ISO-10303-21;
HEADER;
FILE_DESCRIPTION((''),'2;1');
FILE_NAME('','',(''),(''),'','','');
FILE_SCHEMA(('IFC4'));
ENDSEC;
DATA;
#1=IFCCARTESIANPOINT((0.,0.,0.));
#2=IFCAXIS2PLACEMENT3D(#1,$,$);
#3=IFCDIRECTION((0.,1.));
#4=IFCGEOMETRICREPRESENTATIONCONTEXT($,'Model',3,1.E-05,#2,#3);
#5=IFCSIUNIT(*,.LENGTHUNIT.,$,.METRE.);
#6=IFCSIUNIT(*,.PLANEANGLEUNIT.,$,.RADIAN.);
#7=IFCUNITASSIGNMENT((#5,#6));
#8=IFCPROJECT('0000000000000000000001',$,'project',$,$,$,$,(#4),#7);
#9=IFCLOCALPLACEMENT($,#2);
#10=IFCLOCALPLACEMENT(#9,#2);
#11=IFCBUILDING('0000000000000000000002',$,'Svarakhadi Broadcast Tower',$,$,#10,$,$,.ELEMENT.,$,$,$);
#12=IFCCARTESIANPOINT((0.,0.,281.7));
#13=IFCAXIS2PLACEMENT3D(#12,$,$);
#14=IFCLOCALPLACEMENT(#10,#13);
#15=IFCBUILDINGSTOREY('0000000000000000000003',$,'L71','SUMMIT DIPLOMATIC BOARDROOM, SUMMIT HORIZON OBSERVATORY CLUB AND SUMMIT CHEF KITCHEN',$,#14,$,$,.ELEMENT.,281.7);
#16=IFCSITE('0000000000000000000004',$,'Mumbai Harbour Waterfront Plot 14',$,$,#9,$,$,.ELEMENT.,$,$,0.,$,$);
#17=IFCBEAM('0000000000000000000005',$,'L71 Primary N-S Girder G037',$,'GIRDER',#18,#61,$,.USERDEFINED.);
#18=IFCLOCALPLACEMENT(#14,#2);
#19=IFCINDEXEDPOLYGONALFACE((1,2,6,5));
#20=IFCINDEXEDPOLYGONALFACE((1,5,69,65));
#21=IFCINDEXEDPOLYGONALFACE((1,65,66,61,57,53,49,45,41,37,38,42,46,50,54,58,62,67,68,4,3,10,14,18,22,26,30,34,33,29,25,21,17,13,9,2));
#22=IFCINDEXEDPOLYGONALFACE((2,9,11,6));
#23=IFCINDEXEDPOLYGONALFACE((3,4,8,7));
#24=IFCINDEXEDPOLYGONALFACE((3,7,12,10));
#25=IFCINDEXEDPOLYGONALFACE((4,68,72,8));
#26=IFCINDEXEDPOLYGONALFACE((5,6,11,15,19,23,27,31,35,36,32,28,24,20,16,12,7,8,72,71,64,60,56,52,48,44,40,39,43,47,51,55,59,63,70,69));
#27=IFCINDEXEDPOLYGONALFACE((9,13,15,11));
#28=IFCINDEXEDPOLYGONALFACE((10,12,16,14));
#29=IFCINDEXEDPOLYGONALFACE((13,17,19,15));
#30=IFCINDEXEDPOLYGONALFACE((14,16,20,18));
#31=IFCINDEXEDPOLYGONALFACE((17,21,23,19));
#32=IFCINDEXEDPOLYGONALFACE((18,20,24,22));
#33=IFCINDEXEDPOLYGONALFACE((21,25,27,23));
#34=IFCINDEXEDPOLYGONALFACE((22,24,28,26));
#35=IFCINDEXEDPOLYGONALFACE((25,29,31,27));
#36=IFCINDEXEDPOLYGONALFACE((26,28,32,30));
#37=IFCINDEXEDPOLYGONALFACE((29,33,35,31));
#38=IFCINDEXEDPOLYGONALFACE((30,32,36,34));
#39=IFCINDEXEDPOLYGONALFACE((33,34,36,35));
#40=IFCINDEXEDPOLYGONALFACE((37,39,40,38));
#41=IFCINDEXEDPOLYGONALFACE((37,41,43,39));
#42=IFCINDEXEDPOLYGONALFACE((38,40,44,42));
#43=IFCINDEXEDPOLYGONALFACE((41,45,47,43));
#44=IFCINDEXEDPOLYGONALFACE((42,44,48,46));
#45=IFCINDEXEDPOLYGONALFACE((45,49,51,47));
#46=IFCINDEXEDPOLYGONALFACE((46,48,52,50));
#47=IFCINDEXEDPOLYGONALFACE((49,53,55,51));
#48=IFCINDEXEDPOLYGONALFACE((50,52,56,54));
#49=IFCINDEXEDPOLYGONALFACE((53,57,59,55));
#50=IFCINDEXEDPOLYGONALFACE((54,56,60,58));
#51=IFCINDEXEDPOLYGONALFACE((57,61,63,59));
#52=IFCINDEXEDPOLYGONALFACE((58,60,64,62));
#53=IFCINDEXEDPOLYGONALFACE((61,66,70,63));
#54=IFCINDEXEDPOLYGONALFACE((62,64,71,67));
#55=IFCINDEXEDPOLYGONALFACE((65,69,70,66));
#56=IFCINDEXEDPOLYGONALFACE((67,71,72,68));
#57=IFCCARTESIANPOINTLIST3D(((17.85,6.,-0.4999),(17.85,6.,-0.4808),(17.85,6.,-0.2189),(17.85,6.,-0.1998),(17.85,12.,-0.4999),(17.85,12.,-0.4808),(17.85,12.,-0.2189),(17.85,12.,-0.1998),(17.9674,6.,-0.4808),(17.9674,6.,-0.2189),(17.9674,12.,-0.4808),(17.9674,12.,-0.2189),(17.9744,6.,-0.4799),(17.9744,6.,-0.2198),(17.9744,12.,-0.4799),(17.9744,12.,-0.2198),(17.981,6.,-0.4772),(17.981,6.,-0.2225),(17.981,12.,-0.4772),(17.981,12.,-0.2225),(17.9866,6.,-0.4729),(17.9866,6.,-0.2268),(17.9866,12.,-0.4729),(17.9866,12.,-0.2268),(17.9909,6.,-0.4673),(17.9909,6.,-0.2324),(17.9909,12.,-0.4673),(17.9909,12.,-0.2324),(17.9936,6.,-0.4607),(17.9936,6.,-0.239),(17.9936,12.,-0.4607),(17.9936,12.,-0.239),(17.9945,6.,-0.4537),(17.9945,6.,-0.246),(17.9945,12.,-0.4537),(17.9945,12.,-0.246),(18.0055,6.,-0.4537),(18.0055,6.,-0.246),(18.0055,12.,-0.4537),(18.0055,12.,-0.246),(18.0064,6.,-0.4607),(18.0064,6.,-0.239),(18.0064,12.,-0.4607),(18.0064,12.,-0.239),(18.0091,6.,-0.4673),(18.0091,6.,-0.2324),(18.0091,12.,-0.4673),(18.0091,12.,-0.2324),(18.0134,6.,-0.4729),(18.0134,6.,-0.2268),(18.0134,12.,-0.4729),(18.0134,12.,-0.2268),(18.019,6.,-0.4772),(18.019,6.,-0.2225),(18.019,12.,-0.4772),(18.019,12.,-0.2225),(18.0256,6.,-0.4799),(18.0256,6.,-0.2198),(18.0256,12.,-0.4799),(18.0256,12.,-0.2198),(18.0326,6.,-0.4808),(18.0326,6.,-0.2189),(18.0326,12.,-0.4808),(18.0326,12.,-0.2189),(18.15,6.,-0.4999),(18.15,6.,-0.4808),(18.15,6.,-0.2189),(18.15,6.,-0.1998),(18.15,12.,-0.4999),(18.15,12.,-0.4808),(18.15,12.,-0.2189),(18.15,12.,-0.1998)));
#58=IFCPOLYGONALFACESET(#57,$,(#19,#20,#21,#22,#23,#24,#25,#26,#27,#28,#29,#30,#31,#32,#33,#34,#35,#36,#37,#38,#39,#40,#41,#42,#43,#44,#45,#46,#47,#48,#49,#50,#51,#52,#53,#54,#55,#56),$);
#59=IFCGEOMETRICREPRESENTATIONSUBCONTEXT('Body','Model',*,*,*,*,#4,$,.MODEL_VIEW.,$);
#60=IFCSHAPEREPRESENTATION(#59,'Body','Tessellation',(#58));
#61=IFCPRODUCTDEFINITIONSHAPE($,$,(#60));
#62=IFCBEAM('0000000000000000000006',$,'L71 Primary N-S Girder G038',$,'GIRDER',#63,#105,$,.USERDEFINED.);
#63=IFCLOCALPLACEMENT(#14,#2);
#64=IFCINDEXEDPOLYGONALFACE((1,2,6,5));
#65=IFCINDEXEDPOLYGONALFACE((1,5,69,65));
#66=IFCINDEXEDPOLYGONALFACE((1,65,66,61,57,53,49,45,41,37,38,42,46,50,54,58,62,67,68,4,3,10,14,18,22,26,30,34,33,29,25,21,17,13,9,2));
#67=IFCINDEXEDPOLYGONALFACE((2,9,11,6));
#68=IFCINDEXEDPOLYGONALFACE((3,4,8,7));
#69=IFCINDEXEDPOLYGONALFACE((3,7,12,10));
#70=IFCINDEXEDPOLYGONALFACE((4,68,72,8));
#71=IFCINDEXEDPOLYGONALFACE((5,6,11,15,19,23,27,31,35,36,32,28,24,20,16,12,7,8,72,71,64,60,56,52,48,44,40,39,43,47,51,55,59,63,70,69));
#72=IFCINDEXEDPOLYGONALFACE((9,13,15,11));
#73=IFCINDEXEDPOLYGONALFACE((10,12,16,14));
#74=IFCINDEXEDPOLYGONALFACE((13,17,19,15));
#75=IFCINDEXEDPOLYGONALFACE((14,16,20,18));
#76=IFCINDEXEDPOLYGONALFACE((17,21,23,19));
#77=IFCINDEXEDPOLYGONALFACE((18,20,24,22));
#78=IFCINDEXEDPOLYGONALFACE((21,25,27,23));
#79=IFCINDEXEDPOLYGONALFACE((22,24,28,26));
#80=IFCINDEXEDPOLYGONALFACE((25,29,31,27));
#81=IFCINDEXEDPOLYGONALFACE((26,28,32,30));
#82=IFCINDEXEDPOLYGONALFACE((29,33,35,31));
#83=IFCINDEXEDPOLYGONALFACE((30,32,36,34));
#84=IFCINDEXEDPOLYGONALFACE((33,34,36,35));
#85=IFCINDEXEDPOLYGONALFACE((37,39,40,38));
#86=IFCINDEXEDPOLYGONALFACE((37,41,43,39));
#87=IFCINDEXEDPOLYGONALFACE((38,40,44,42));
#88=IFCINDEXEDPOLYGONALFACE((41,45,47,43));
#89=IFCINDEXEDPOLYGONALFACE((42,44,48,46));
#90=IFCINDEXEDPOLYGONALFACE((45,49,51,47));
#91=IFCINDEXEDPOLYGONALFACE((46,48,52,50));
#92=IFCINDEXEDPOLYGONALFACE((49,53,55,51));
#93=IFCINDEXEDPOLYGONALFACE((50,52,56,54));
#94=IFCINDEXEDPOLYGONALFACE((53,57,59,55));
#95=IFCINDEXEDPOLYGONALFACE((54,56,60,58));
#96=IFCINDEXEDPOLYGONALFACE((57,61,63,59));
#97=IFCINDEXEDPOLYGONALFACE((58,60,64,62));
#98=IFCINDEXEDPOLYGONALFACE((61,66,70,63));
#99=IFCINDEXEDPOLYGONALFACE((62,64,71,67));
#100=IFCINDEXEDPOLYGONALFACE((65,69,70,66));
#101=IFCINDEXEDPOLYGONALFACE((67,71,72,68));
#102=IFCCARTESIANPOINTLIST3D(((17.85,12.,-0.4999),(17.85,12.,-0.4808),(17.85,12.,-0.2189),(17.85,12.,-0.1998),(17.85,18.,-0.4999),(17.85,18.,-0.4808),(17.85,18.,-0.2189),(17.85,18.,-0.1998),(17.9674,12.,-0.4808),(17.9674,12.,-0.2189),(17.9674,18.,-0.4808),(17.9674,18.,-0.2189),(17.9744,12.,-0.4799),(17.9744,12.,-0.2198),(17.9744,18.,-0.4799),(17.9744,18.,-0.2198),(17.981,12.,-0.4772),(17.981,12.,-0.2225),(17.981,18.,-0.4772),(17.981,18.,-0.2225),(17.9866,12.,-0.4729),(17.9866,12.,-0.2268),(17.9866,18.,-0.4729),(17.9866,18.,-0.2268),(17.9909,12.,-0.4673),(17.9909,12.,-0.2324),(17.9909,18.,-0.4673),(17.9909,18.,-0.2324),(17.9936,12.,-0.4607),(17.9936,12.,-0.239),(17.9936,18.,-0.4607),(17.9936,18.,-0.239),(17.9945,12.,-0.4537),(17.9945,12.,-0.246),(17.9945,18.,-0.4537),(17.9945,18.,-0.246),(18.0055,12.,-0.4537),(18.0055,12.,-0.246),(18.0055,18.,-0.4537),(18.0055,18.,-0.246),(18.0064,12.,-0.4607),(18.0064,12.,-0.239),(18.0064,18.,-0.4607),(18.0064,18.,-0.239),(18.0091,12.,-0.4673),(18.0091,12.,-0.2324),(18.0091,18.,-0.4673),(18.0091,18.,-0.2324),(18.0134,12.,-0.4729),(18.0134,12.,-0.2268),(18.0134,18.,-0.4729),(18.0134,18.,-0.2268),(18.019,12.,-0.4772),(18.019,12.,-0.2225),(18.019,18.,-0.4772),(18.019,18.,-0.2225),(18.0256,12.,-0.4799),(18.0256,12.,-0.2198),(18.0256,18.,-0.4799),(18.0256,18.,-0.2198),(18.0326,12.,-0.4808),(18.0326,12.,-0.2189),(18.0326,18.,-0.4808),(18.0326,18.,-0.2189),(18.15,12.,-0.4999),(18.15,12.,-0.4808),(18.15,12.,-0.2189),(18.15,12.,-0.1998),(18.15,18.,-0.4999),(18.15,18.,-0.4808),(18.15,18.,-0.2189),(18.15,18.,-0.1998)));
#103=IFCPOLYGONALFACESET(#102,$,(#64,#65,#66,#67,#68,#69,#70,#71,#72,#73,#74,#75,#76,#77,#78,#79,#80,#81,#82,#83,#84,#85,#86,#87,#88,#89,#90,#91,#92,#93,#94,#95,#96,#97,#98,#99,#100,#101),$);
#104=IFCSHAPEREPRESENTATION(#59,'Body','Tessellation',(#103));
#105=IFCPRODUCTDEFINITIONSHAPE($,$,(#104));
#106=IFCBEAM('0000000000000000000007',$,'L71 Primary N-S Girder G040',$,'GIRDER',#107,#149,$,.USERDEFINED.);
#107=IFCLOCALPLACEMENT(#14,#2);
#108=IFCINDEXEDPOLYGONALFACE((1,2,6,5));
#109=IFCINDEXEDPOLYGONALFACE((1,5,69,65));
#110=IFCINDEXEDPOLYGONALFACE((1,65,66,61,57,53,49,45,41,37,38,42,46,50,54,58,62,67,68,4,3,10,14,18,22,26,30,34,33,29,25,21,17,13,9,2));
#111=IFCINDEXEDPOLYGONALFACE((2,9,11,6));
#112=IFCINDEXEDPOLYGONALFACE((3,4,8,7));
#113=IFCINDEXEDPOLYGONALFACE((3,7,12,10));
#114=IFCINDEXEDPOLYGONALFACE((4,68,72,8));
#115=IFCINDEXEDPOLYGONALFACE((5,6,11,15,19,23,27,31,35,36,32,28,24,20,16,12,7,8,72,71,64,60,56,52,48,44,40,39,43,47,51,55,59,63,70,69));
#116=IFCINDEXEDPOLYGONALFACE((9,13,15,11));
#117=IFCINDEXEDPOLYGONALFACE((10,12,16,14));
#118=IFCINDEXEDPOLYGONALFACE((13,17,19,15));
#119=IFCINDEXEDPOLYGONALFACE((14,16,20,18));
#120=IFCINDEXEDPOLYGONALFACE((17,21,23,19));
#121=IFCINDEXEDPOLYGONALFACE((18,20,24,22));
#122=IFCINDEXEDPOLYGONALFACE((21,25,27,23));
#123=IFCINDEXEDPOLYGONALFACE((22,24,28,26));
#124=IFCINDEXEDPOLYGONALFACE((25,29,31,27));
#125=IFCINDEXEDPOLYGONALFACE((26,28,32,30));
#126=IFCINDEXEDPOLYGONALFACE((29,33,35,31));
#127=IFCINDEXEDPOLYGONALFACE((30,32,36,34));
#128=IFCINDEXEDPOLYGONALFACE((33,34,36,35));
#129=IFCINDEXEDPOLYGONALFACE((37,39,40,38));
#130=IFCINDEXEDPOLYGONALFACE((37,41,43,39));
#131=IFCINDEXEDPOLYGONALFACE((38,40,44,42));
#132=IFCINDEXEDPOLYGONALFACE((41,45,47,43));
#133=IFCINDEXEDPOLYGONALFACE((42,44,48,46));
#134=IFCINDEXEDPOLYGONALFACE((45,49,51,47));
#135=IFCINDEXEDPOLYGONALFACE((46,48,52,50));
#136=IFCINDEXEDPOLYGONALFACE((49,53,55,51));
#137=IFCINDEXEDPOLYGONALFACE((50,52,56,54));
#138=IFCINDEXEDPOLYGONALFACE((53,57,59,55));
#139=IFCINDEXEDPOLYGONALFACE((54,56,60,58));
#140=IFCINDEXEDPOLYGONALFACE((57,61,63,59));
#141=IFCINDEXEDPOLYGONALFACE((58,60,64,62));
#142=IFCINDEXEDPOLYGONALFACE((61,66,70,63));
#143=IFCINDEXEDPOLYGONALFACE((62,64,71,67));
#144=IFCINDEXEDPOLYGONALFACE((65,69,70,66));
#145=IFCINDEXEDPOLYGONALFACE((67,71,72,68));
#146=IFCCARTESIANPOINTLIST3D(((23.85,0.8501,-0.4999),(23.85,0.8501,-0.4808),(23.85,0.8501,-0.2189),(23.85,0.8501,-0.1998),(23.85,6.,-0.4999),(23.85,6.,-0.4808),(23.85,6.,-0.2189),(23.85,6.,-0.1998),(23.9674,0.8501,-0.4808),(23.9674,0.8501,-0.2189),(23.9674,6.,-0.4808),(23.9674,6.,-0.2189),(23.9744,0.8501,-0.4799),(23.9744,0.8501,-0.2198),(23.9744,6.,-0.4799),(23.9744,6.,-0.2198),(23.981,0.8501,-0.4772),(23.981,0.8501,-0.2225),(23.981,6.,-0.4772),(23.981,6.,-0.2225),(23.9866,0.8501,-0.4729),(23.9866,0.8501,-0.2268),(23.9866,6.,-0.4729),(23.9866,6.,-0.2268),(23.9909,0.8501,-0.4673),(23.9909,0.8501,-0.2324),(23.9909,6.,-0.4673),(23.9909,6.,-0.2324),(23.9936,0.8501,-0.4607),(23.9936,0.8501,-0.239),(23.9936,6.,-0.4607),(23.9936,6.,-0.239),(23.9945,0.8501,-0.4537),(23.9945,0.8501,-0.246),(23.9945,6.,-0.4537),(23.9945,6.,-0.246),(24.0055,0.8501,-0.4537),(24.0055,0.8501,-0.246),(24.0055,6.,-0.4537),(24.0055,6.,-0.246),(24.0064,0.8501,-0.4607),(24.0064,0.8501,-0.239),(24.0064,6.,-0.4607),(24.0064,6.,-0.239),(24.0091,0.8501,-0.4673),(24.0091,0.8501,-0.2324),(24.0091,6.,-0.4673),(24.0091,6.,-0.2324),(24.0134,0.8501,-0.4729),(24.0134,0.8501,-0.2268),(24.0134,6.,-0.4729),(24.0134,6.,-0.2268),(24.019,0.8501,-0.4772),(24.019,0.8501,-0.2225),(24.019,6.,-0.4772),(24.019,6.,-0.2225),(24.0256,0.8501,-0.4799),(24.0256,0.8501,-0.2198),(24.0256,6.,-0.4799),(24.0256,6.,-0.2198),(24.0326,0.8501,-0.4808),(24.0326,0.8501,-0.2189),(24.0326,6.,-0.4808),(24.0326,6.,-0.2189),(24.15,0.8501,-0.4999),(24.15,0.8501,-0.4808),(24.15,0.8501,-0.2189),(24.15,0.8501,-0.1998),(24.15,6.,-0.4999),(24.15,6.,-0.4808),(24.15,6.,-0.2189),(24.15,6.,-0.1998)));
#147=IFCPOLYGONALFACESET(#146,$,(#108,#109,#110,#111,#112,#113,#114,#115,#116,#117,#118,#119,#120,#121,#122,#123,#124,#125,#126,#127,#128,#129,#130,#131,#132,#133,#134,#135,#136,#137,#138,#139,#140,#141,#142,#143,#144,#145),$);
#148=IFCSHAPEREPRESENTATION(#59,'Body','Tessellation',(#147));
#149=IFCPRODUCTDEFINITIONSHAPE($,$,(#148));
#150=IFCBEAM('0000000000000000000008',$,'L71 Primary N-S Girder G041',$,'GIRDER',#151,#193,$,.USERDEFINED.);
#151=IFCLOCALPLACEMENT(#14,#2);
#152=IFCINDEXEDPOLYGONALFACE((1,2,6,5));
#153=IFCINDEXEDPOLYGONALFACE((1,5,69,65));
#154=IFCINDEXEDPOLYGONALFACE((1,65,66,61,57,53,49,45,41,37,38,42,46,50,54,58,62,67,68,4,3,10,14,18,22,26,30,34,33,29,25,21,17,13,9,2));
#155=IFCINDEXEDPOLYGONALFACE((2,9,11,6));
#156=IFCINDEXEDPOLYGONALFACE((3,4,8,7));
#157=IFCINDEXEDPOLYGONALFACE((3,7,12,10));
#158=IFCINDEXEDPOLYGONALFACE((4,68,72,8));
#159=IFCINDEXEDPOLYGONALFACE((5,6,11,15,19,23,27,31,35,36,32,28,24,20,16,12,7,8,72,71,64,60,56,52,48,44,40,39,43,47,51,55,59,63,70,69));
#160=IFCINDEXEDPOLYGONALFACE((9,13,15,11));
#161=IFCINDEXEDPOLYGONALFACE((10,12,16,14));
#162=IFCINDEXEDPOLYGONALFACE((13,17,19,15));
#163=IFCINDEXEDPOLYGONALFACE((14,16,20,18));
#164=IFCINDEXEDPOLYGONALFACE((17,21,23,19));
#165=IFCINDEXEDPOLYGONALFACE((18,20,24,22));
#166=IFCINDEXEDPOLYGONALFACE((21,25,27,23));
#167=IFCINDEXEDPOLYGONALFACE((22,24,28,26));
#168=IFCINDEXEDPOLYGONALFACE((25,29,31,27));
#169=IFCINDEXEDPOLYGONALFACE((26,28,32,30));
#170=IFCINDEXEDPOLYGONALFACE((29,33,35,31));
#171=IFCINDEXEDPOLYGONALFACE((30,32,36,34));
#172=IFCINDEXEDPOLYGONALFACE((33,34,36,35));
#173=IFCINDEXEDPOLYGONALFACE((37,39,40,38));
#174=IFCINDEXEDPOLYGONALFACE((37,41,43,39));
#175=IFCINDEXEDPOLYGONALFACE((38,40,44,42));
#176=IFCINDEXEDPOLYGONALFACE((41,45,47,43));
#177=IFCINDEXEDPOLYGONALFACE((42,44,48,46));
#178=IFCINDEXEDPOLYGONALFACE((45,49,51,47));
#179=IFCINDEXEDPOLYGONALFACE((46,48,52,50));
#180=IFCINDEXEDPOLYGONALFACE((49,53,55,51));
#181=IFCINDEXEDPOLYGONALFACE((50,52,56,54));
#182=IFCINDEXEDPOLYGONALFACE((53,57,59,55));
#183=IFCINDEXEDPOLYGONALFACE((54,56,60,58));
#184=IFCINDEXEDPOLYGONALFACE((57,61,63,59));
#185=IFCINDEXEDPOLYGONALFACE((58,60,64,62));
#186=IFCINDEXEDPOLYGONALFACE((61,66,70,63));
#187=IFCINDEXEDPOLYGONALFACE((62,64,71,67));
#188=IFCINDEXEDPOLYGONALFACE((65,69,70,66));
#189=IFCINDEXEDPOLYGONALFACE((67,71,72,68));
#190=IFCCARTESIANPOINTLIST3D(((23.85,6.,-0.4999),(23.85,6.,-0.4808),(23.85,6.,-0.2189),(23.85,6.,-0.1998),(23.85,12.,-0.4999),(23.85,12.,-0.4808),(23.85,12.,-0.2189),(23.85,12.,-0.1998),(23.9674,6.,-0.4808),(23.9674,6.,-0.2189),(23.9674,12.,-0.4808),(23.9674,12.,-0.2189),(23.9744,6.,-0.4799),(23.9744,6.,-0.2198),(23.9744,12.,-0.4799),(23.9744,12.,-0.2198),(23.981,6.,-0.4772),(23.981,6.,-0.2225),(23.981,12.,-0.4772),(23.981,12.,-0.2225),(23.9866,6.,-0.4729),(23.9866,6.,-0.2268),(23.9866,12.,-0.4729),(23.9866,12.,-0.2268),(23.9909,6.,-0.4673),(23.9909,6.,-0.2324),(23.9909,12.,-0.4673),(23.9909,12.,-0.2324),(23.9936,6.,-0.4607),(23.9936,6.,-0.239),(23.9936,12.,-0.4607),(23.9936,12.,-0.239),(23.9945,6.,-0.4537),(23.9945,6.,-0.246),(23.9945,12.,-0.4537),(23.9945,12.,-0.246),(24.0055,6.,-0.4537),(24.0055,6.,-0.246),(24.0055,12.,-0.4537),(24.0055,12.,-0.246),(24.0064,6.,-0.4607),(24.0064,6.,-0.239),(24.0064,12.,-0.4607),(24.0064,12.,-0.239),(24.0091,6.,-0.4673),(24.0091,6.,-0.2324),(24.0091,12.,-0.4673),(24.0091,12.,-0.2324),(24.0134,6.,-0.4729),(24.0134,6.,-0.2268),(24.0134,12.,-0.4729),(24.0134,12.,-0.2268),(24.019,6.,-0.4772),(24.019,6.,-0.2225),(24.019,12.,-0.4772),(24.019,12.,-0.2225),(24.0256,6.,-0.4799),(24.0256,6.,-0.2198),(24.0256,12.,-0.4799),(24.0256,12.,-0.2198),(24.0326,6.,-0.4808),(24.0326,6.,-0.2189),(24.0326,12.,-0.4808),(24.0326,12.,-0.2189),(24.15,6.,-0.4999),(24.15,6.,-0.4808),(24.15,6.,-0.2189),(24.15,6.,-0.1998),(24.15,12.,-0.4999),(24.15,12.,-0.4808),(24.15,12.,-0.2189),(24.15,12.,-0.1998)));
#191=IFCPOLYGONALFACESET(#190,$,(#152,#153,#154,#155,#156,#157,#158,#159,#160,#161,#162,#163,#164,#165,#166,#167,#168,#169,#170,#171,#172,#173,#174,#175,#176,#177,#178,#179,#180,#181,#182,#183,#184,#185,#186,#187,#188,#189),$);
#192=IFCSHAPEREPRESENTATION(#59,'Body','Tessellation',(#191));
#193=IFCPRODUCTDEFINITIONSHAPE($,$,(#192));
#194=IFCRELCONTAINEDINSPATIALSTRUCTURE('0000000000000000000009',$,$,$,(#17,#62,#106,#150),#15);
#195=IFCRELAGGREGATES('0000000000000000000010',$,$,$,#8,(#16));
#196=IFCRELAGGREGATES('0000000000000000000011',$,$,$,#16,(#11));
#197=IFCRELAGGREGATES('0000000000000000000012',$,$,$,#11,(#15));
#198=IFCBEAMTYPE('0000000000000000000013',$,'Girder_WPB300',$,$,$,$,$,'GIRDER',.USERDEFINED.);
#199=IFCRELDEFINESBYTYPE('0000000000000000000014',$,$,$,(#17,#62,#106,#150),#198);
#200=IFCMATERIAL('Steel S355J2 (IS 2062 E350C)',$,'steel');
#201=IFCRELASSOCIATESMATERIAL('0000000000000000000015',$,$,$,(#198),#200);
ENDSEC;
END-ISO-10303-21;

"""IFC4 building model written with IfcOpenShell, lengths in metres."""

from ifc_helpers import new_model, si_unit, direction, frame, origin, origin_2d, place, context, subcontext, project, spatial, i_section, extrude, material, material_profile, profile_set, type_object, element, save


model = new_model("IFC4")

# Units and contexts
model_context = context("Model", 3, precision=1e-05, world=origin(), true_north=direction((0.0, 1.0)))
body_context = subcontext(model_context, "Body", "Model", "MODEL_VIEW")
ifc_project = project(units=[si_unit("LENGTHUNIT", "METRE"), si_unit("PLANEANGLEUNIT", "RADIAN")], contexts=[model_context])

# Site, building, storey
site_placement = place(None, origin())
site = spatial("IfcSite", under=ifc_project, at=site_placement, Name="Mumbai Harbour Waterfront Plot 14", CompositionType="ELEMENT", RefElevation=0.0)
building_placement = place(site_placement, origin())
building = spatial("IfcBuilding", under=site, at=building_placement, Name="Svarakhadi Broadcast Tower", CompositionType="ELEMENT")
storey_placement = place(building_placement, frame((0.0, 0.0, 281.7)))
storey = spatial("IfcBuildingStorey", under=building, at=storey_placement, Name="L71", Description="SUMMIT DIPLOMATIC BOARDROOM, SUMMIT HORIZON OBSERVATORY CLUB AND SUMMIT CHEF KITCHEN", CompositionType="ELEMENT", Elevation=281.7)

# Beams
ifc_material_1 = material(Name="Steel S355J2 (IS 2062 E350C)", Category="steel")
ifc_material_profile_1 = material_profile(ifc_material_1, i_section(OverallWidth=0.3, OverallDepth=0.3, WebThickness=0.011, FlangeThickness=0.019, FilletRadius=0.0271, at=origin_2d()), Name="WPB 300x300x117")
ifc_profile_set_1 = profile_set([ifc_material_profile_1], Name="Steel S355J2 (IS 2062 E350C)")
beam_type_1 = type_object("IfcBeamType", Name="Girder_WPB300", ElementType="GIRDER", PredefinedType="USERDEFINED", material=ifc_profile_set_1)
for number, where, z_axis, x_axis, name in (
    (1, (18.0, 6.0, -0.3499), (0.0, 1.0, 0.0), (-1.0, 0.0, 0.0), "L71 Primary N-S Girder G037"),
    (2, (18.0, 12.0, -0.3499), (0.0, 1.0, 0.0), (-1.0, 0.0, 0.0), "L71 Primary N-S Girder G038"),
):
    element("IfcBeam", number, at=place(storey_placement, frame(where, z_axis=z_axis, x_axis=x_axis)), inside=storey, type_object=beam_type_1, Name=name, ObjectType="GIRDER", PredefinedType="USERDEFINED", context=body_context, shape_type="SweptSolid", body=[
        extrude(i_section(OverallWidth=0.3, OverallDepth=0.3, WebThickness=0.011, FlangeThickness=0.019, FilletRadius=0.0271, at=origin_2d()), origin(), (0.0, 0.0, 1.0), 6.0),
    ])
beam_1_placement = place(storey_placement, frame((24.0, 0.8501, -0.3499), z_axis=(0.0, 1.0, 0.0), x_axis=(-1.0, 0.0, 0.0)))
element("IfcBeam", 3, at=beam_1_placement, inside=storey, type_object=beam_type_1, Name="L71 Primary N-S Girder G040", ObjectType="GIRDER", PredefinedType="USERDEFINED", context=body_context, shape_type="SweptSolid", body=[
    extrude(i_section(OverallWidth=0.3, OverallDepth=0.3, WebThickness=0.011, FlangeThickness=0.019, FilletRadius=0.0271, at=origin_2d()), origin(), (0.0, 0.0, 1.0), 5.1499),
])
for number, where, z_axis, x_axis, name in (
    (4, (24.0, 6.0, -0.3499), (0.0, 1.0, 0.0), (-1.0, 0.0, 0.0), "L71 Primary N-S Girder G041"),
):
    element("IfcBeam", number, at=place(storey_placement, frame(where, z_axis=z_axis, x_axis=x_axis)), inside=storey, type_object=beam_type_1, Name=name, ObjectType="GIRDER", PredefinedType="USERDEFINED", context=body_context, shape_type="SweptSolid", body=[
        extrude(i_section(OverallWidth=0.3, OverallDepth=0.3, WebThickness=0.011, FlangeThickness=0.019, FilletRadius=0.0271, at=origin_2d()), origin(), (0.0, 0.0, 1.0), 6.0),
    ])

save(model, "model.ifc")
